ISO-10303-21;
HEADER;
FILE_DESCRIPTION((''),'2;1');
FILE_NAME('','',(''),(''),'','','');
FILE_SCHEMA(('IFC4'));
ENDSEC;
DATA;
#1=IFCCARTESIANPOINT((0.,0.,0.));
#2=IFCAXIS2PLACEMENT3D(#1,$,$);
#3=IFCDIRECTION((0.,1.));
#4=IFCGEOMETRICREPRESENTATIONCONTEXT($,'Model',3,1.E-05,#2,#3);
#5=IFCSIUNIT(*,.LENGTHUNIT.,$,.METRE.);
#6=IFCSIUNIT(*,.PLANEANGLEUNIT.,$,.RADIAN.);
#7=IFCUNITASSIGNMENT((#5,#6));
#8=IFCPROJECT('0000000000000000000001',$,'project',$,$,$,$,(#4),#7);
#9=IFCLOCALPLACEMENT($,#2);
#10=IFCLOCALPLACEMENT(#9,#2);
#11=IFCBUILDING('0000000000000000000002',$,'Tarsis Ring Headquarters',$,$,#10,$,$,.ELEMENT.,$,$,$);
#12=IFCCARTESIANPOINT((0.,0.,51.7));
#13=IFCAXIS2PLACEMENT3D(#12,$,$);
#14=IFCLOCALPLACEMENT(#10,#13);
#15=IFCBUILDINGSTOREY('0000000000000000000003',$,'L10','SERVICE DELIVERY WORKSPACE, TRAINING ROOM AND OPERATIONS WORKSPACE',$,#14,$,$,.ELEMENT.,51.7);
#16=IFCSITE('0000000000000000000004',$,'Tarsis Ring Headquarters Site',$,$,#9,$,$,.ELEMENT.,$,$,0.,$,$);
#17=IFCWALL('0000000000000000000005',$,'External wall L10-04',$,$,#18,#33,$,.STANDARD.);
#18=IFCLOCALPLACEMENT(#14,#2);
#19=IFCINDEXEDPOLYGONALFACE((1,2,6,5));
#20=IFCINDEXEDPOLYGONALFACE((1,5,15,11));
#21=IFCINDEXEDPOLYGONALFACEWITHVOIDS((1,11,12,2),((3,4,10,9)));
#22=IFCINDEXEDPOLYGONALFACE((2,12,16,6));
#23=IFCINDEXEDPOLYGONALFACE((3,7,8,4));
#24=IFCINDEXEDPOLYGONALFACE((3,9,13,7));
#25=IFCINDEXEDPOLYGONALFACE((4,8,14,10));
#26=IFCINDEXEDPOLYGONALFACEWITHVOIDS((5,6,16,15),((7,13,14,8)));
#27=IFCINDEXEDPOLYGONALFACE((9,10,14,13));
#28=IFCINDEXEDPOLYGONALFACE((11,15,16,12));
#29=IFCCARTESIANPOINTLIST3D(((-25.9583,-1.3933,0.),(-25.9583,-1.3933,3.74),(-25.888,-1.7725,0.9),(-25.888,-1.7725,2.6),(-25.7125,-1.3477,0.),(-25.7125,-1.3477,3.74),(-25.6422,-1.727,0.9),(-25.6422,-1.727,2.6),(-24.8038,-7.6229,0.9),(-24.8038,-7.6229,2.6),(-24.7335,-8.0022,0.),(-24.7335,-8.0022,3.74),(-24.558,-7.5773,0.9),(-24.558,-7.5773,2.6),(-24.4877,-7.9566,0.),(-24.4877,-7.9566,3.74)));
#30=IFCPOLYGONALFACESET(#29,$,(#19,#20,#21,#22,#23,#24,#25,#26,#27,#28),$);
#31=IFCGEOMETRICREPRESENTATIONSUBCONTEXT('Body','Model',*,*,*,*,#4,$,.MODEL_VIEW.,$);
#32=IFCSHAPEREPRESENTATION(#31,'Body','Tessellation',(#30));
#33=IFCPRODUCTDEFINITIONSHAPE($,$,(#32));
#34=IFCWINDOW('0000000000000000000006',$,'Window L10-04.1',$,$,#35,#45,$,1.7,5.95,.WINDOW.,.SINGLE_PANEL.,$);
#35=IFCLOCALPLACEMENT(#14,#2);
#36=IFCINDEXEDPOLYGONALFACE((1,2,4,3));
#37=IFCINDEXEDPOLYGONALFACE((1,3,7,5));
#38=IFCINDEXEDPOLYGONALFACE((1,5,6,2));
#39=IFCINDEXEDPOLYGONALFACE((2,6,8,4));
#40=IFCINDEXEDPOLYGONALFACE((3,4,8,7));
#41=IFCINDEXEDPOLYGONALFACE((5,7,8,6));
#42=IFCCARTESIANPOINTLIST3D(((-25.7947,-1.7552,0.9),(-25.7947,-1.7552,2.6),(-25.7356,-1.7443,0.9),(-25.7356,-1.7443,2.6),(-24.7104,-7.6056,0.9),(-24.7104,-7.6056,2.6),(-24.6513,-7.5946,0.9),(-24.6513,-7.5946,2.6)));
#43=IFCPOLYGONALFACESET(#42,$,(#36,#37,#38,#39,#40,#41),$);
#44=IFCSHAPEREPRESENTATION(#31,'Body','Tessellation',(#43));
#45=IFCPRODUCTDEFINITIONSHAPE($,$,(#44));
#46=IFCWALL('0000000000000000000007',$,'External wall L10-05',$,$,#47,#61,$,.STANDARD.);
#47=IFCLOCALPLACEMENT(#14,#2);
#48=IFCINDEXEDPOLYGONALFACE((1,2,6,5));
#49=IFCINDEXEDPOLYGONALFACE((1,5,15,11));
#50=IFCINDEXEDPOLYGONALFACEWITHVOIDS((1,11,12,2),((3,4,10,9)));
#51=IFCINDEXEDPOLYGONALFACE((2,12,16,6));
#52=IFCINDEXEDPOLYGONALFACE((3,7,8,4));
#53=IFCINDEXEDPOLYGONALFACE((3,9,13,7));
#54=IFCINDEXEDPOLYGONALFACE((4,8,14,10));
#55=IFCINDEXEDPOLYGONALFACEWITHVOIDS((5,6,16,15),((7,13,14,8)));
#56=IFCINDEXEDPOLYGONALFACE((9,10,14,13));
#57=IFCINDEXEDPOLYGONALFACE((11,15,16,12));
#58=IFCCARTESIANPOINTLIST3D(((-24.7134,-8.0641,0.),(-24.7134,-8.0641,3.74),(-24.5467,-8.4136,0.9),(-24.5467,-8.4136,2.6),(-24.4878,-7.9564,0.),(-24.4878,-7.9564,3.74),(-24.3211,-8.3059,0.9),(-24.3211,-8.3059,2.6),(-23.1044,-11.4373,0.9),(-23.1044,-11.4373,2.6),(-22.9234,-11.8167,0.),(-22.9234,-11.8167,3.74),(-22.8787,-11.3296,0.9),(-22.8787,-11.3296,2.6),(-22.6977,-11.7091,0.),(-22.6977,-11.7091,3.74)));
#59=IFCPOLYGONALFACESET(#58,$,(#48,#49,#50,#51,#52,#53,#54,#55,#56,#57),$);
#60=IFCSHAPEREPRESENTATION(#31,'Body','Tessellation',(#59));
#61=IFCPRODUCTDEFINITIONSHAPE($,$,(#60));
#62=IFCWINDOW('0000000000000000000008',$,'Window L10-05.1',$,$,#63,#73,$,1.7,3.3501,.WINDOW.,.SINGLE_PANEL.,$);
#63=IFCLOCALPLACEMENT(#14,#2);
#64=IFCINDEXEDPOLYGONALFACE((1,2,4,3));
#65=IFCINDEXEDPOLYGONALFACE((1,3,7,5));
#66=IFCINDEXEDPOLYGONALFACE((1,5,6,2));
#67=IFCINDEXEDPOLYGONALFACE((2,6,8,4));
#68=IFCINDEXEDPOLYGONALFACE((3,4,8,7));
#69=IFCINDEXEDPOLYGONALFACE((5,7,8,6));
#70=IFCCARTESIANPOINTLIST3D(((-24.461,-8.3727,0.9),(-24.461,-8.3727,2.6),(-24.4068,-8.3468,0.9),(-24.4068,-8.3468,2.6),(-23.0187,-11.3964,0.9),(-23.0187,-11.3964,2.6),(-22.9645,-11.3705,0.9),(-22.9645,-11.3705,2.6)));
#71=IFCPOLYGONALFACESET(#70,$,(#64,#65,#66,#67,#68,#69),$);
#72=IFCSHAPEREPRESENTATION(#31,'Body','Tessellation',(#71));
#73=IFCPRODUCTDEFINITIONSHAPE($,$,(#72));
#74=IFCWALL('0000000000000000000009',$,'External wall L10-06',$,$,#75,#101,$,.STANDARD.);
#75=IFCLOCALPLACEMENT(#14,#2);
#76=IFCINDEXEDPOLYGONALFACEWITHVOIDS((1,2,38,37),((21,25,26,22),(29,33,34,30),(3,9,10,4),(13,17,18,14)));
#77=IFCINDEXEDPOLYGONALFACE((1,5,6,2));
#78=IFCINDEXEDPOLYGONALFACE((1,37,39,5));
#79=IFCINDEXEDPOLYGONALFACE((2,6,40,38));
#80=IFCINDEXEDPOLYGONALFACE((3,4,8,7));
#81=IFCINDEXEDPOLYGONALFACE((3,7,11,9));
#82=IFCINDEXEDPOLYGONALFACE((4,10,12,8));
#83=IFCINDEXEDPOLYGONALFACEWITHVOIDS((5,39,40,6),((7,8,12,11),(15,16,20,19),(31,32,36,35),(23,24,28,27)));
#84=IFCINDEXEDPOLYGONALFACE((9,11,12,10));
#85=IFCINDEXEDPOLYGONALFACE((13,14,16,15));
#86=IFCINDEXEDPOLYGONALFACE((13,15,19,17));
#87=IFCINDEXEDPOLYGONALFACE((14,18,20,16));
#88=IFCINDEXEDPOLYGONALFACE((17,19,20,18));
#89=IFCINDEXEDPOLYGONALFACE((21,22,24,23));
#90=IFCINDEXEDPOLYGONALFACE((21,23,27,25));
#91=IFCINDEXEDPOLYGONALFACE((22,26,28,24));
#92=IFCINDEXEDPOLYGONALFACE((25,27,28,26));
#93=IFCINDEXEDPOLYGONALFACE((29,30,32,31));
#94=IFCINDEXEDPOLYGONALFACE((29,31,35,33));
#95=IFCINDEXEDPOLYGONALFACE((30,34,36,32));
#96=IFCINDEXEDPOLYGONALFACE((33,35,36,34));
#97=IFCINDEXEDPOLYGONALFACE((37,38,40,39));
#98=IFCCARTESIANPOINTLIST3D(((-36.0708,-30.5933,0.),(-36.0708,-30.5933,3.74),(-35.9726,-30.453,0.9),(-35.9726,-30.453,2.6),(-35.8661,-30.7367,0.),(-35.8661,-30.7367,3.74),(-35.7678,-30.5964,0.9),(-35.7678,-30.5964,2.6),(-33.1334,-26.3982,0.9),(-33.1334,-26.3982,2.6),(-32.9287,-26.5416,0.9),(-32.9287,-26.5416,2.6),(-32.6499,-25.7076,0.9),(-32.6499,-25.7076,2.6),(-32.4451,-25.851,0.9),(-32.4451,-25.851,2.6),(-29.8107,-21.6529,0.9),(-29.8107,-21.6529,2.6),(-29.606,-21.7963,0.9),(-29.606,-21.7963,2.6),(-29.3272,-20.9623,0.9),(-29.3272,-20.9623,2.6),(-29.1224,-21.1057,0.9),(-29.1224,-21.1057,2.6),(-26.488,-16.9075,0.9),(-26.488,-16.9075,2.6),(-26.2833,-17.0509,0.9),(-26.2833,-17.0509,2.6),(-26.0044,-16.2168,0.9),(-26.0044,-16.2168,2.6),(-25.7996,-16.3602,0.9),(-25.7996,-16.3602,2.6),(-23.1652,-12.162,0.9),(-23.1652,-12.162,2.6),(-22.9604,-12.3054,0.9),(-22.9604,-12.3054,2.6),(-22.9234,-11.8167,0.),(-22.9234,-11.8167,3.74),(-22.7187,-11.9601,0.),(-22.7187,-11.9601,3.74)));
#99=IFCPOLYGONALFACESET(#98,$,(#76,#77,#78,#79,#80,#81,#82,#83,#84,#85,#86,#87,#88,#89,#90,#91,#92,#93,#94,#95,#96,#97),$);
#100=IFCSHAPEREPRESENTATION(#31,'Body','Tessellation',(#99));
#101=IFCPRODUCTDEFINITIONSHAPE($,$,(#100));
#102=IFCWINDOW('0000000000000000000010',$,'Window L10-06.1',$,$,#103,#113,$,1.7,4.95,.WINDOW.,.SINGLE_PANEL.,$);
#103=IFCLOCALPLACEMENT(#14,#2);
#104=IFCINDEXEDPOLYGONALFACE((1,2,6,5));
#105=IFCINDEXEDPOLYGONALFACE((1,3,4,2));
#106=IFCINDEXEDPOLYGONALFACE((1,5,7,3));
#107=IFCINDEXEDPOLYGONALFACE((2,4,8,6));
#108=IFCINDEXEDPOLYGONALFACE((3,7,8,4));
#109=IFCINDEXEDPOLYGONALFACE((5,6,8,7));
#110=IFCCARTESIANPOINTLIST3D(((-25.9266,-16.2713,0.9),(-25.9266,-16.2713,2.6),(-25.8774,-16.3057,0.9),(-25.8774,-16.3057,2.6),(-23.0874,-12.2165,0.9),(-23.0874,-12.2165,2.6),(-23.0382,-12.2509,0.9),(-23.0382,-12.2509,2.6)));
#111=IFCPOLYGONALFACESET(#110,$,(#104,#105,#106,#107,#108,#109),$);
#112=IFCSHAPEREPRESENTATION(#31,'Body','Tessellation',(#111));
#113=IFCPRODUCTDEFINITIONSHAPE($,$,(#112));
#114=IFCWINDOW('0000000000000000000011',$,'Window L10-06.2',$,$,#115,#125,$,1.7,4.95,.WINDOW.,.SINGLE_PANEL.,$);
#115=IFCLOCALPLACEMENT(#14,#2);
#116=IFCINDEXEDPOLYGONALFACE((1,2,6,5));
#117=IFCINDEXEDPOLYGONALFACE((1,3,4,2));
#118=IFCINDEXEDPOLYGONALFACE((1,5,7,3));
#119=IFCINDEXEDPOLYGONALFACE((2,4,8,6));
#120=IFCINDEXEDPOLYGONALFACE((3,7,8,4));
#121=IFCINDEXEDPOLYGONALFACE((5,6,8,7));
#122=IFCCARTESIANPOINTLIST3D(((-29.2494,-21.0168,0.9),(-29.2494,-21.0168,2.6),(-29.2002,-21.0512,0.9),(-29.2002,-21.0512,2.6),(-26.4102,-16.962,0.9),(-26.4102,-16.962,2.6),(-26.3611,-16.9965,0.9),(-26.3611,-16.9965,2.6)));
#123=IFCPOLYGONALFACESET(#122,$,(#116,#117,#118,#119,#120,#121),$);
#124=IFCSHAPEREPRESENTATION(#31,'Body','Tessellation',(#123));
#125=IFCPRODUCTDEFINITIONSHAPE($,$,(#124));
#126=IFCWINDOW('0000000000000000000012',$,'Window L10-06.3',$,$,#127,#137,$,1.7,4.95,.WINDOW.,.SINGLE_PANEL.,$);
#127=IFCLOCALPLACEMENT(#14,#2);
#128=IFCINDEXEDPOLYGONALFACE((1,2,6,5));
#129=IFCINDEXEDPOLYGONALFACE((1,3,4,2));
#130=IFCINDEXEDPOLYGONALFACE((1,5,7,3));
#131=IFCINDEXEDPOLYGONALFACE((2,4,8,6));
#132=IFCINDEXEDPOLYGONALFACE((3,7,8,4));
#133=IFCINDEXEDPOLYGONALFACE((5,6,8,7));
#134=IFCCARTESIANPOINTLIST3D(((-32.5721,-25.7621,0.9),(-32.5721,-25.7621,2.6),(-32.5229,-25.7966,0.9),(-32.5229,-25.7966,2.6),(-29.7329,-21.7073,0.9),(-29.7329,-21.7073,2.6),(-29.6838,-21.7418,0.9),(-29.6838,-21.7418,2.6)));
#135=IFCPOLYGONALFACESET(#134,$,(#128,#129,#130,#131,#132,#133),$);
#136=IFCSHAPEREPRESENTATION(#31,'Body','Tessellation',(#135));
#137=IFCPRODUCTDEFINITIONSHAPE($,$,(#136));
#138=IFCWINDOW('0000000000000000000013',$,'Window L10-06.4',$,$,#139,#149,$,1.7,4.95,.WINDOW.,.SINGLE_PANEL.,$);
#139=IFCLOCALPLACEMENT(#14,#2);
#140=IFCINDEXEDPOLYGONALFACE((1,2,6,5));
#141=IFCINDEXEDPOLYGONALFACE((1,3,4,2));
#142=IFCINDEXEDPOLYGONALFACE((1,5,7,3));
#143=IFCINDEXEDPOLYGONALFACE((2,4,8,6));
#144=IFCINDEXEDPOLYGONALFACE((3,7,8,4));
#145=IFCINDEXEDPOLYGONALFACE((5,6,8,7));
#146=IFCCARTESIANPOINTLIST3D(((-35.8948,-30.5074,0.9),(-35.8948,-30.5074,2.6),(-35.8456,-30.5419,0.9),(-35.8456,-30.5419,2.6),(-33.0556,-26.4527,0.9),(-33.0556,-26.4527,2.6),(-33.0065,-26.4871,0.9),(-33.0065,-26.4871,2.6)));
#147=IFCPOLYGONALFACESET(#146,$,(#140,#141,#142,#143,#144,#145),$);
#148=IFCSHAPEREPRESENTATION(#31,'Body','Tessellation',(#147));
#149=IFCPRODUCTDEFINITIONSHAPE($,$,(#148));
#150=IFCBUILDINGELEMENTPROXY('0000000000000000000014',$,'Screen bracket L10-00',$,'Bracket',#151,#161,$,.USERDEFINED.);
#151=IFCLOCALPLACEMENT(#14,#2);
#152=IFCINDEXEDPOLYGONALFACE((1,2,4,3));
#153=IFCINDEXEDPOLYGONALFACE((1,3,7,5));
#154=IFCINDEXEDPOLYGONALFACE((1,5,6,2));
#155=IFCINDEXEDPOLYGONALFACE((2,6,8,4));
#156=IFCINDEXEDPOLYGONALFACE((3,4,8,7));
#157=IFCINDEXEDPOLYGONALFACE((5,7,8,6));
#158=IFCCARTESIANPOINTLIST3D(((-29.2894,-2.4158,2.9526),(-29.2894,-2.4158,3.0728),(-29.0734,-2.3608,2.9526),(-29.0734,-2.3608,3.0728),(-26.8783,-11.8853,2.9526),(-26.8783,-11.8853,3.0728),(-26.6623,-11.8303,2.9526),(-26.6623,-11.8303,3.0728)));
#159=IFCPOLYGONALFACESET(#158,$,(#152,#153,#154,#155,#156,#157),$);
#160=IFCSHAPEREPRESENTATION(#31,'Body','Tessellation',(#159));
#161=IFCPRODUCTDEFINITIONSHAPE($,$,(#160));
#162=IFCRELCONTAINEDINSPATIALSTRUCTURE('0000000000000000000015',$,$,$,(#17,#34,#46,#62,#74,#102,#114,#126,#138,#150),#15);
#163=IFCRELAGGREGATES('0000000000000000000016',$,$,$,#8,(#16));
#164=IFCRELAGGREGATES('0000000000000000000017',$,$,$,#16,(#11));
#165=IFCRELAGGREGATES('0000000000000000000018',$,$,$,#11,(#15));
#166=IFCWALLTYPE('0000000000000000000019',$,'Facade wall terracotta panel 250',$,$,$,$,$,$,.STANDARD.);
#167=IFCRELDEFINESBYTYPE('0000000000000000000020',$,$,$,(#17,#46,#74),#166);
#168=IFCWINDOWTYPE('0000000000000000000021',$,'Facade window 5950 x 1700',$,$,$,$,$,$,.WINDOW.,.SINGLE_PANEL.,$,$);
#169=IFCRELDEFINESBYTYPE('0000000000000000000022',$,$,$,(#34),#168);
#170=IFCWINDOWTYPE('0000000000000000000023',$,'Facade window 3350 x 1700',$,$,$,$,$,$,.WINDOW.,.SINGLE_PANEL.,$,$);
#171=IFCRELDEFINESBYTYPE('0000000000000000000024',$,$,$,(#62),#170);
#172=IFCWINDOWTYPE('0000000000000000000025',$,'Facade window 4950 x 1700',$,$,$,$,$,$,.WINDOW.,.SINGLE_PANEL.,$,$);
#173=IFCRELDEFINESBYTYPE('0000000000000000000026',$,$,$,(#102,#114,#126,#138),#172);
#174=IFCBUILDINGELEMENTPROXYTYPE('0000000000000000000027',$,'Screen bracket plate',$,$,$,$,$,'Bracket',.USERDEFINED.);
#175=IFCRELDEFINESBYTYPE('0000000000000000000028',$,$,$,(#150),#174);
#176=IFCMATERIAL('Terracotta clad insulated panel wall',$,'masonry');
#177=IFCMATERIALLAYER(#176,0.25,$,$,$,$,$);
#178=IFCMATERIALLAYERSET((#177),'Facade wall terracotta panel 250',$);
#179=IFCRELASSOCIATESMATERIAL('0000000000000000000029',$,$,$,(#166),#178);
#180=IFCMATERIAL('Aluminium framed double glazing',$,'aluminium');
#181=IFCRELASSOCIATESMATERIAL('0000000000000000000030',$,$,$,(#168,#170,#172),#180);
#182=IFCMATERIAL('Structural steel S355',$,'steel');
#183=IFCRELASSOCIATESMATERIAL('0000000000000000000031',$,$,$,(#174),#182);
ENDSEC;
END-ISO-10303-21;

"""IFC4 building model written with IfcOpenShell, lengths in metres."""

from ifc_helpers import new_model, si_unit, direction, frame, frame_2d, origin, origin_2d, place, context, subcontext, project, spatial, rectangle, extrude, material, layer, layer_set, type_object, element, fill, save


model = new_model("IFC4")

# Units and contexts
model_context = context("Model", 3, precision=1e-05, world=origin(), true_north=direction((0.0, 1.0)))
body_context = subcontext(model_context, "Body", "Model", "MODEL_VIEW")
ifc_project = project(units=[si_unit("LENGTHUNIT", "METRE"), si_unit("PLANEANGLEUNIT", "RADIAN")], contexts=[model_context])

# Site, building, storey
site_placement = place(None, origin())
site = spatial("IfcSite", under=ifc_project, at=site_placement, Name="Tarsis Ring Headquarters Site", CompositionType="ELEMENT", RefElevation=0.0)
building_placement = place(site_placement, origin())
building = spatial("IfcBuilding", under=site, at=building_placement, Name="Tarsis Ring Headquarters", CompositionType="ELEMENT")
storey_placement = place(building_placement, frame((0.0, 0.0, 51.7)))
storey = spatial("IfcBuildingStorey", under=building, at=storey_placement, Name="L10", Description="SERVICE DELIVERY WORKSPACE, TRAINING ROOM AND OPERATIONS WORKSPACE", CompositionType="ELEMENT", Elevation=51.7)

# Shared definitions
ifc_material_1 = material(Name="Structural steel S355", Category="steel")

# Walls, openings, windows
ifc_material_2 = material(Name="Terracotta clad insulated panel wall", Category="masonry")
ifc_layer_1 = layer(ifc_material_2, 0.25)
ifc_layer_set_1 = layer_set([ifc_layer_1], Name="Facade wall terracotta panel 250")
wall_type_1 = type_object("IfcWallType", Name="Facade wall terracotta panel 250", PredefinedType="STANDARD", material=ifc_layer_set_1)
wall_1_placement = place(storey_placement, frame((-25.8354, -1.3704, 0.0), z_axis=(0.0, 0.0, 1.0), x_axis=(0.182231, -0.983256, 0.0)))
wall_1 = element("IfcWall", 1, at=wall_1_placement, inside=storey, type_object=wall_type_1, Name="External wall L10-04", PredefinedType="STANDARD", context=body_context, shape_type="SweptSolid", body=[
    extrude(rectangle(XDim=6.7214, YDim=0.25, at=frame_2d((3.3608, 0.0))), origin(), (0.0, 0.0, 1.0), 3.74),
])
opening_1_placement = place(wall_1_placement, frame((0.3857, 0.0, 0.8999)))
opening_1 = element("IfcOpeningElement", 2, at=opening_1_placement, cuts=wall_1, PredefinedType="OPENING", context=body_context, shape_type="SweptSolid", body=[
    extrude(rectangle(XDim=5.95, YDim=1.7, at=frame_2d((2.9751, 0.8501))), frame((0.0, 0.135, 0.0), z_axis=(0.0, -1.0, 0.0), x_axis=(1.0, 0.0, 0.0)), (0.0, 0.0, 1.0), 0.27),
])
ifc_material_3 = material(Name="Aluminium framed double glazing", Category="aluminium")
window_type_1 = type_object("IfcWindowType", Name="Facade window 5950 x 1700", PartitioningType="SINGLE_PANEL", PredefinedType="WINDOW", material=ifc_material_3)
window_1_placement = place(opening_1_placement, origin())
window_1 = element("IfcWindow", 3, at=window_1_placement, inside=storey, type_object=window_type_1, Name="Window L10-04.1", OverallHeight=1.7, OverallWidth=5.95, PartitioningType="SINGLE_PANEL", PredefinedType="WINDOW", context=body_context, shape_type="SweptSolid", body=[
    extrude(rectangle(XDim=5.95, YDim=1.7, at=frame_2d((2.9751, 0.8501))), frame((0.0, 0.03, 0.0), z_axis=(0.0, -1.0, 0.0), x_axis=(1.0, 0.0, 0.0)), (0.0, 0.0, 1.0), 0.0601),
])
fill(opening_1, window_1)
wall_2_placement = place(storey_placement, frame((-24.6006, -8.0103, 0.0), z_axis=(0.0, 0.0, 1.0), x_axis=(0.430531, -0.902576, 0.0)))
wall_2 = element("IfcWall", 4, at=wall_2_placement, inside=storey, type_object=wall_type_1, Name="External wall L10-05", PredefinedType="STANDARD", context=body_context, shape_type="SweptSolid", body=[
    extrude(rectangle(XDim=4.1577, YDim=0.25, at=frame_2d((2.0789, 0.0))), origin(), (0.0, 0.0, 1.0), 3.74),
])
opening_2_placement = place(wall_2_placement, frame((0.3872, 0.0, 0.8999)))
opening_2 = element("IfcOpeningElement", 5, at=opening_2_placement, cuts=wall_2, PredefinedType="OPENING", context=body_context, shape_type="SweptSolid", body=[
    extrude(rectangle(XDim=3.3501, YDim=1.7, at=frame_2d((1.675, 0.8501))), frame((0.0, 0.135, 0.0), z_axis=(0.0, -1.0, 0.0), x_axis=(1.0, 0.0, 0.0)), (0.0, 0.0, 1.0), 0.27),
])
window_type_2 = type_object("IfcWindowType", Name="Facade window 3350 x 1700", PartitioningType="SINGLE_PANEL", PredefinedType="WINDOW", material=ifc_material_3)
window_2_placement = place(opening_2_placement, origin())
window_2 = element("IfcWindow", 6, at=window_2_placement, inside=storey, type_object=window_type_2, Name="Window L10-05.1", OverallHeight=1.7, OverallWidth=3.3501, PartitioningType="SINGLE_PANEL", PredefinedType="WINDOW", context=body_context, shape_type="SweptSolid", body=[
    extrude(rectangle(XDim=3.3501, YDim=1.7, at=frame_2d((1.675, 0.8501))), frame((0.0, 0.03, 0.0), z_axis=(0.0, -1.0, 0.0), x_axis=(1.0, 0.0, 0.0)), (0.0, 0.0, 1.0), 0.0601),
])
fill(opening_2, window_2)

# Wall, openings, windows
wall_3_placement = place(storey_placement, frame((-22.821, -11.8884, 0.0), z_axis=(0.0, 0.0, 1.0), x_axis=(-0.573575, -0.819153, 0.0)))
wall_3 = element("IfcWall", 7, at=wall_3_placement, inside=storey, type_object=wall_type_1, Name="External wall L10-06", PredefinedType="STANDARD", context=body_context, shape_type="SweptSolid", body=[
    extrude(rectangle(XDim=22.9219, YDim=0.25, at=frame_2d((11.4609, 0.0))), origin(), (0.0, 0.0, 1.0), 3.74),
])
opening_3_placement = place(wall_3_placement, frame((0.4214, 0.0, 0.8999)))
opening_3 = element("IfcOpeningElement", 8, at=opening_3_placement, cuts=wall_3, PredefinedType="OPENING", context=body_context, shape_type="SweptSolid", body=[
    extrude(rectangle(XDim=4.95, YDim=1.7, at=frame_2d((2.4751, 0.8501))), frame((0.0, 0.135, 0.0), z_axis=(0.0, -1.0, 0.0), x_axis=(1.0, 0.0, 0.0)), (0.0, 0.0, 1.0), 0.27),
])
opening_4_placement = place(wall_3_placement, frame((6.2146, 0.0, 0.8999)))
opening_4 = element("IfcOpeningElement", 9, at=opening_4_placement, cuts=wall_3, PredefinedType="OPENING", context=body_context, shape_type="SweptSolid", body=[
    extrude(rectangle(XDim=4.95, YDim=1.7, at=frame_2d((2.4751, 0.8501))), frame((0.0, 0.135, 0.0), z_axis=(0.0, -1.0, 0.0), x_axis=(1.0, 0.0, 0.0)), (0.0, 0.0, 1.0), 0.27),
])
opening_5_placement = place(wall_3_placement, frame((12.0076, 0.0, 0.8999)))
opening_5 = element("IfcOpeningElement", 10, at=opening_5_placement, cuts=wall_3, PredefinedType="OPENING", context=body_context, shape_type="SweptSolid", body=[
    extrude(rectangle(XDim=4.95, YDim=1.7, at=frame_2d((2.4751, 0.8501))), frame((0.0, 0.135, 0.0), z_axis=(0.0, -1.0, 0.0), x_axis=(1.0, 0.0, 0.0)), (0.0, 0.0, 1.0), 0.27),
])
opening_6_placement = place(wall_3_placement, frame((17.8005, 0.0, 0.8999)))
opening_6 = element("IfcOpeningElement", 11, at=opening_6_placement, cuts=wall_3, PredefinedType="OPENING", context=body_context, shape_type="SweptSolid", body=[
    extrude(rectangle(XDim=4.95, YDim=1.7, at=frame_2d((2.4751, 0.8501))), frame((0.0, 0.135, 0.0), z_axis=(0.0, -1.0, 0.0), x_axis=(1.0, 0.0, 0.0)), (0.0, 0.0, 1.0), 0.27),
])
window_type_3 = type_object("IfcWindowType", Name="Facade window 4950 x 1700", PartitioningType="SINGLE_PANEL", PredefinedType="WINDOW", material=ifc_material_3)
window_3_placement = place(opening_3_placement, origin())
window_3 = element("IfcWindow", 12, at=window_3_placement, inside=storey, type_object=window_type_3, Name="Window L10-06.1", OverallHeight=1.7, OverallWidth=4.95, PartitioningType="SINGLE_PANEL", PredefinedType="WINDOW", context=body_context, shape_type="SweptSolid", body=[
    extrude(rectangle(XDim=4.95, YDim=1.7, at=frame_2d((2.4751, 0.8501))), frame((0.0, 0.03, 0.0), z_axis=(0.0, -1.0, 0.0), x_axis=(1.0, 0.0, 0.0)), (0.0, 0.0, 1.0), 0.0601),
])
fill(opening_3, window_3)
window_4_placement = place(opening_4_placement, origin())
window_4 = element("IfcWindow", 13, at=window_4_placement, inside=storey, type_object=window_type_3, Name="Window L10-06.2", OverallHeight=1.7, OverallWidth=4.95, PartitioningType="SINGLE_PANEL", PredefinedType="WINDOW", context=body_context, shape_type="SweptSolid", body=[
    extrude(rectangle(XDim=4.95, YDim=1.7, at=frame_2d((2.4751, 0.8501))), frame((0.0, 0.03, 0.0), z_axis=(0.0, -1.0, 0.0), x_axis=(1.0, 0.0, 0.0)), (0.0, 0.0, 1.0), 0.0601),
])
fill(opening_4, window_4)
window_5_placement = place(opening_5_placement, origin())
window_5 = element("IfcWindow", 14, at=window_5_placement, inside=storey, type_object=window_type_3, Name="Window L10-06.3", OverallHeight=1.7, OverallWidth=4.95, PartitioningType="SINGLE_PANEL", PredefinedType="WINDOW", context=body_context, shape_type="SweptSolid", body=[
    extrude(rectangle(XDim=4.95, YDim=1.7, at=frame_2d((2.4751, 0.8501))), frame((0.0, 0.03, 0.0), z_axis=(0.0, -1.0, 0.0), x_axis=(1.0, 0.0, 0.0)), (0.0, 0.0, 1.0), 0.0601),
])
fill(opening_5, window_5)
window_6_placement = place(opening_6_placement, origin())
window_6 = element("IfcWindow", 15, at=window_6_placement, inside=storey, type_object=window_type_3, Name="Window L10-06.4", OverallHeight=1.7, OverallWidth=4.95, PartitioningType="SINGLE_PANEL", PredefinedType="WINDOW", context=body_context, shape_type="SweptSolid", body=[
    extrude(rectangle(XDim=4.95, YDim=1.7, at=frame_2d((2.4751, 0.8501))), frame((0.0, 0.03, 0.0), z_axis=(0.0, -1.0, 0.0), x_axis=(1.0, 0.0, 0.0)), (0.0, 0.0, 1.0), 0.0601),
])
fill(opening_6, window_6)

# Building element proxy
building_element_proxy_type = type_object("IfcBuildingElementProxyType", Name="Screen bracket plate", ElementType="Bracket", PredefinedType="USERDEFINED", material=ifc_material_1)
proxy_placement = place(storey_placement, frame((-27.9758, -7.123, 2.9526), z_axis=(0.0, 0.0, 1.0), x_axis=(0.246745, -0.96908, 0.0)))
element("IfcBuildingElementProxy", 16, at=proxy_placement, inside=storey, type_object=building_element_proxy_type, Name="Screen bracket L10-00", ObjectType="Bracket", PredefinedType="USERDEFINED", context=body_context, shape_type="SweptSolid", body=[
    extrude(rectangle(XDim=9.7717, YDim=0.2229, at=origin_2d()), origin(), (0.0, 0.0, 1.0), 0.1201),
])

save(model, "model.ifc")
